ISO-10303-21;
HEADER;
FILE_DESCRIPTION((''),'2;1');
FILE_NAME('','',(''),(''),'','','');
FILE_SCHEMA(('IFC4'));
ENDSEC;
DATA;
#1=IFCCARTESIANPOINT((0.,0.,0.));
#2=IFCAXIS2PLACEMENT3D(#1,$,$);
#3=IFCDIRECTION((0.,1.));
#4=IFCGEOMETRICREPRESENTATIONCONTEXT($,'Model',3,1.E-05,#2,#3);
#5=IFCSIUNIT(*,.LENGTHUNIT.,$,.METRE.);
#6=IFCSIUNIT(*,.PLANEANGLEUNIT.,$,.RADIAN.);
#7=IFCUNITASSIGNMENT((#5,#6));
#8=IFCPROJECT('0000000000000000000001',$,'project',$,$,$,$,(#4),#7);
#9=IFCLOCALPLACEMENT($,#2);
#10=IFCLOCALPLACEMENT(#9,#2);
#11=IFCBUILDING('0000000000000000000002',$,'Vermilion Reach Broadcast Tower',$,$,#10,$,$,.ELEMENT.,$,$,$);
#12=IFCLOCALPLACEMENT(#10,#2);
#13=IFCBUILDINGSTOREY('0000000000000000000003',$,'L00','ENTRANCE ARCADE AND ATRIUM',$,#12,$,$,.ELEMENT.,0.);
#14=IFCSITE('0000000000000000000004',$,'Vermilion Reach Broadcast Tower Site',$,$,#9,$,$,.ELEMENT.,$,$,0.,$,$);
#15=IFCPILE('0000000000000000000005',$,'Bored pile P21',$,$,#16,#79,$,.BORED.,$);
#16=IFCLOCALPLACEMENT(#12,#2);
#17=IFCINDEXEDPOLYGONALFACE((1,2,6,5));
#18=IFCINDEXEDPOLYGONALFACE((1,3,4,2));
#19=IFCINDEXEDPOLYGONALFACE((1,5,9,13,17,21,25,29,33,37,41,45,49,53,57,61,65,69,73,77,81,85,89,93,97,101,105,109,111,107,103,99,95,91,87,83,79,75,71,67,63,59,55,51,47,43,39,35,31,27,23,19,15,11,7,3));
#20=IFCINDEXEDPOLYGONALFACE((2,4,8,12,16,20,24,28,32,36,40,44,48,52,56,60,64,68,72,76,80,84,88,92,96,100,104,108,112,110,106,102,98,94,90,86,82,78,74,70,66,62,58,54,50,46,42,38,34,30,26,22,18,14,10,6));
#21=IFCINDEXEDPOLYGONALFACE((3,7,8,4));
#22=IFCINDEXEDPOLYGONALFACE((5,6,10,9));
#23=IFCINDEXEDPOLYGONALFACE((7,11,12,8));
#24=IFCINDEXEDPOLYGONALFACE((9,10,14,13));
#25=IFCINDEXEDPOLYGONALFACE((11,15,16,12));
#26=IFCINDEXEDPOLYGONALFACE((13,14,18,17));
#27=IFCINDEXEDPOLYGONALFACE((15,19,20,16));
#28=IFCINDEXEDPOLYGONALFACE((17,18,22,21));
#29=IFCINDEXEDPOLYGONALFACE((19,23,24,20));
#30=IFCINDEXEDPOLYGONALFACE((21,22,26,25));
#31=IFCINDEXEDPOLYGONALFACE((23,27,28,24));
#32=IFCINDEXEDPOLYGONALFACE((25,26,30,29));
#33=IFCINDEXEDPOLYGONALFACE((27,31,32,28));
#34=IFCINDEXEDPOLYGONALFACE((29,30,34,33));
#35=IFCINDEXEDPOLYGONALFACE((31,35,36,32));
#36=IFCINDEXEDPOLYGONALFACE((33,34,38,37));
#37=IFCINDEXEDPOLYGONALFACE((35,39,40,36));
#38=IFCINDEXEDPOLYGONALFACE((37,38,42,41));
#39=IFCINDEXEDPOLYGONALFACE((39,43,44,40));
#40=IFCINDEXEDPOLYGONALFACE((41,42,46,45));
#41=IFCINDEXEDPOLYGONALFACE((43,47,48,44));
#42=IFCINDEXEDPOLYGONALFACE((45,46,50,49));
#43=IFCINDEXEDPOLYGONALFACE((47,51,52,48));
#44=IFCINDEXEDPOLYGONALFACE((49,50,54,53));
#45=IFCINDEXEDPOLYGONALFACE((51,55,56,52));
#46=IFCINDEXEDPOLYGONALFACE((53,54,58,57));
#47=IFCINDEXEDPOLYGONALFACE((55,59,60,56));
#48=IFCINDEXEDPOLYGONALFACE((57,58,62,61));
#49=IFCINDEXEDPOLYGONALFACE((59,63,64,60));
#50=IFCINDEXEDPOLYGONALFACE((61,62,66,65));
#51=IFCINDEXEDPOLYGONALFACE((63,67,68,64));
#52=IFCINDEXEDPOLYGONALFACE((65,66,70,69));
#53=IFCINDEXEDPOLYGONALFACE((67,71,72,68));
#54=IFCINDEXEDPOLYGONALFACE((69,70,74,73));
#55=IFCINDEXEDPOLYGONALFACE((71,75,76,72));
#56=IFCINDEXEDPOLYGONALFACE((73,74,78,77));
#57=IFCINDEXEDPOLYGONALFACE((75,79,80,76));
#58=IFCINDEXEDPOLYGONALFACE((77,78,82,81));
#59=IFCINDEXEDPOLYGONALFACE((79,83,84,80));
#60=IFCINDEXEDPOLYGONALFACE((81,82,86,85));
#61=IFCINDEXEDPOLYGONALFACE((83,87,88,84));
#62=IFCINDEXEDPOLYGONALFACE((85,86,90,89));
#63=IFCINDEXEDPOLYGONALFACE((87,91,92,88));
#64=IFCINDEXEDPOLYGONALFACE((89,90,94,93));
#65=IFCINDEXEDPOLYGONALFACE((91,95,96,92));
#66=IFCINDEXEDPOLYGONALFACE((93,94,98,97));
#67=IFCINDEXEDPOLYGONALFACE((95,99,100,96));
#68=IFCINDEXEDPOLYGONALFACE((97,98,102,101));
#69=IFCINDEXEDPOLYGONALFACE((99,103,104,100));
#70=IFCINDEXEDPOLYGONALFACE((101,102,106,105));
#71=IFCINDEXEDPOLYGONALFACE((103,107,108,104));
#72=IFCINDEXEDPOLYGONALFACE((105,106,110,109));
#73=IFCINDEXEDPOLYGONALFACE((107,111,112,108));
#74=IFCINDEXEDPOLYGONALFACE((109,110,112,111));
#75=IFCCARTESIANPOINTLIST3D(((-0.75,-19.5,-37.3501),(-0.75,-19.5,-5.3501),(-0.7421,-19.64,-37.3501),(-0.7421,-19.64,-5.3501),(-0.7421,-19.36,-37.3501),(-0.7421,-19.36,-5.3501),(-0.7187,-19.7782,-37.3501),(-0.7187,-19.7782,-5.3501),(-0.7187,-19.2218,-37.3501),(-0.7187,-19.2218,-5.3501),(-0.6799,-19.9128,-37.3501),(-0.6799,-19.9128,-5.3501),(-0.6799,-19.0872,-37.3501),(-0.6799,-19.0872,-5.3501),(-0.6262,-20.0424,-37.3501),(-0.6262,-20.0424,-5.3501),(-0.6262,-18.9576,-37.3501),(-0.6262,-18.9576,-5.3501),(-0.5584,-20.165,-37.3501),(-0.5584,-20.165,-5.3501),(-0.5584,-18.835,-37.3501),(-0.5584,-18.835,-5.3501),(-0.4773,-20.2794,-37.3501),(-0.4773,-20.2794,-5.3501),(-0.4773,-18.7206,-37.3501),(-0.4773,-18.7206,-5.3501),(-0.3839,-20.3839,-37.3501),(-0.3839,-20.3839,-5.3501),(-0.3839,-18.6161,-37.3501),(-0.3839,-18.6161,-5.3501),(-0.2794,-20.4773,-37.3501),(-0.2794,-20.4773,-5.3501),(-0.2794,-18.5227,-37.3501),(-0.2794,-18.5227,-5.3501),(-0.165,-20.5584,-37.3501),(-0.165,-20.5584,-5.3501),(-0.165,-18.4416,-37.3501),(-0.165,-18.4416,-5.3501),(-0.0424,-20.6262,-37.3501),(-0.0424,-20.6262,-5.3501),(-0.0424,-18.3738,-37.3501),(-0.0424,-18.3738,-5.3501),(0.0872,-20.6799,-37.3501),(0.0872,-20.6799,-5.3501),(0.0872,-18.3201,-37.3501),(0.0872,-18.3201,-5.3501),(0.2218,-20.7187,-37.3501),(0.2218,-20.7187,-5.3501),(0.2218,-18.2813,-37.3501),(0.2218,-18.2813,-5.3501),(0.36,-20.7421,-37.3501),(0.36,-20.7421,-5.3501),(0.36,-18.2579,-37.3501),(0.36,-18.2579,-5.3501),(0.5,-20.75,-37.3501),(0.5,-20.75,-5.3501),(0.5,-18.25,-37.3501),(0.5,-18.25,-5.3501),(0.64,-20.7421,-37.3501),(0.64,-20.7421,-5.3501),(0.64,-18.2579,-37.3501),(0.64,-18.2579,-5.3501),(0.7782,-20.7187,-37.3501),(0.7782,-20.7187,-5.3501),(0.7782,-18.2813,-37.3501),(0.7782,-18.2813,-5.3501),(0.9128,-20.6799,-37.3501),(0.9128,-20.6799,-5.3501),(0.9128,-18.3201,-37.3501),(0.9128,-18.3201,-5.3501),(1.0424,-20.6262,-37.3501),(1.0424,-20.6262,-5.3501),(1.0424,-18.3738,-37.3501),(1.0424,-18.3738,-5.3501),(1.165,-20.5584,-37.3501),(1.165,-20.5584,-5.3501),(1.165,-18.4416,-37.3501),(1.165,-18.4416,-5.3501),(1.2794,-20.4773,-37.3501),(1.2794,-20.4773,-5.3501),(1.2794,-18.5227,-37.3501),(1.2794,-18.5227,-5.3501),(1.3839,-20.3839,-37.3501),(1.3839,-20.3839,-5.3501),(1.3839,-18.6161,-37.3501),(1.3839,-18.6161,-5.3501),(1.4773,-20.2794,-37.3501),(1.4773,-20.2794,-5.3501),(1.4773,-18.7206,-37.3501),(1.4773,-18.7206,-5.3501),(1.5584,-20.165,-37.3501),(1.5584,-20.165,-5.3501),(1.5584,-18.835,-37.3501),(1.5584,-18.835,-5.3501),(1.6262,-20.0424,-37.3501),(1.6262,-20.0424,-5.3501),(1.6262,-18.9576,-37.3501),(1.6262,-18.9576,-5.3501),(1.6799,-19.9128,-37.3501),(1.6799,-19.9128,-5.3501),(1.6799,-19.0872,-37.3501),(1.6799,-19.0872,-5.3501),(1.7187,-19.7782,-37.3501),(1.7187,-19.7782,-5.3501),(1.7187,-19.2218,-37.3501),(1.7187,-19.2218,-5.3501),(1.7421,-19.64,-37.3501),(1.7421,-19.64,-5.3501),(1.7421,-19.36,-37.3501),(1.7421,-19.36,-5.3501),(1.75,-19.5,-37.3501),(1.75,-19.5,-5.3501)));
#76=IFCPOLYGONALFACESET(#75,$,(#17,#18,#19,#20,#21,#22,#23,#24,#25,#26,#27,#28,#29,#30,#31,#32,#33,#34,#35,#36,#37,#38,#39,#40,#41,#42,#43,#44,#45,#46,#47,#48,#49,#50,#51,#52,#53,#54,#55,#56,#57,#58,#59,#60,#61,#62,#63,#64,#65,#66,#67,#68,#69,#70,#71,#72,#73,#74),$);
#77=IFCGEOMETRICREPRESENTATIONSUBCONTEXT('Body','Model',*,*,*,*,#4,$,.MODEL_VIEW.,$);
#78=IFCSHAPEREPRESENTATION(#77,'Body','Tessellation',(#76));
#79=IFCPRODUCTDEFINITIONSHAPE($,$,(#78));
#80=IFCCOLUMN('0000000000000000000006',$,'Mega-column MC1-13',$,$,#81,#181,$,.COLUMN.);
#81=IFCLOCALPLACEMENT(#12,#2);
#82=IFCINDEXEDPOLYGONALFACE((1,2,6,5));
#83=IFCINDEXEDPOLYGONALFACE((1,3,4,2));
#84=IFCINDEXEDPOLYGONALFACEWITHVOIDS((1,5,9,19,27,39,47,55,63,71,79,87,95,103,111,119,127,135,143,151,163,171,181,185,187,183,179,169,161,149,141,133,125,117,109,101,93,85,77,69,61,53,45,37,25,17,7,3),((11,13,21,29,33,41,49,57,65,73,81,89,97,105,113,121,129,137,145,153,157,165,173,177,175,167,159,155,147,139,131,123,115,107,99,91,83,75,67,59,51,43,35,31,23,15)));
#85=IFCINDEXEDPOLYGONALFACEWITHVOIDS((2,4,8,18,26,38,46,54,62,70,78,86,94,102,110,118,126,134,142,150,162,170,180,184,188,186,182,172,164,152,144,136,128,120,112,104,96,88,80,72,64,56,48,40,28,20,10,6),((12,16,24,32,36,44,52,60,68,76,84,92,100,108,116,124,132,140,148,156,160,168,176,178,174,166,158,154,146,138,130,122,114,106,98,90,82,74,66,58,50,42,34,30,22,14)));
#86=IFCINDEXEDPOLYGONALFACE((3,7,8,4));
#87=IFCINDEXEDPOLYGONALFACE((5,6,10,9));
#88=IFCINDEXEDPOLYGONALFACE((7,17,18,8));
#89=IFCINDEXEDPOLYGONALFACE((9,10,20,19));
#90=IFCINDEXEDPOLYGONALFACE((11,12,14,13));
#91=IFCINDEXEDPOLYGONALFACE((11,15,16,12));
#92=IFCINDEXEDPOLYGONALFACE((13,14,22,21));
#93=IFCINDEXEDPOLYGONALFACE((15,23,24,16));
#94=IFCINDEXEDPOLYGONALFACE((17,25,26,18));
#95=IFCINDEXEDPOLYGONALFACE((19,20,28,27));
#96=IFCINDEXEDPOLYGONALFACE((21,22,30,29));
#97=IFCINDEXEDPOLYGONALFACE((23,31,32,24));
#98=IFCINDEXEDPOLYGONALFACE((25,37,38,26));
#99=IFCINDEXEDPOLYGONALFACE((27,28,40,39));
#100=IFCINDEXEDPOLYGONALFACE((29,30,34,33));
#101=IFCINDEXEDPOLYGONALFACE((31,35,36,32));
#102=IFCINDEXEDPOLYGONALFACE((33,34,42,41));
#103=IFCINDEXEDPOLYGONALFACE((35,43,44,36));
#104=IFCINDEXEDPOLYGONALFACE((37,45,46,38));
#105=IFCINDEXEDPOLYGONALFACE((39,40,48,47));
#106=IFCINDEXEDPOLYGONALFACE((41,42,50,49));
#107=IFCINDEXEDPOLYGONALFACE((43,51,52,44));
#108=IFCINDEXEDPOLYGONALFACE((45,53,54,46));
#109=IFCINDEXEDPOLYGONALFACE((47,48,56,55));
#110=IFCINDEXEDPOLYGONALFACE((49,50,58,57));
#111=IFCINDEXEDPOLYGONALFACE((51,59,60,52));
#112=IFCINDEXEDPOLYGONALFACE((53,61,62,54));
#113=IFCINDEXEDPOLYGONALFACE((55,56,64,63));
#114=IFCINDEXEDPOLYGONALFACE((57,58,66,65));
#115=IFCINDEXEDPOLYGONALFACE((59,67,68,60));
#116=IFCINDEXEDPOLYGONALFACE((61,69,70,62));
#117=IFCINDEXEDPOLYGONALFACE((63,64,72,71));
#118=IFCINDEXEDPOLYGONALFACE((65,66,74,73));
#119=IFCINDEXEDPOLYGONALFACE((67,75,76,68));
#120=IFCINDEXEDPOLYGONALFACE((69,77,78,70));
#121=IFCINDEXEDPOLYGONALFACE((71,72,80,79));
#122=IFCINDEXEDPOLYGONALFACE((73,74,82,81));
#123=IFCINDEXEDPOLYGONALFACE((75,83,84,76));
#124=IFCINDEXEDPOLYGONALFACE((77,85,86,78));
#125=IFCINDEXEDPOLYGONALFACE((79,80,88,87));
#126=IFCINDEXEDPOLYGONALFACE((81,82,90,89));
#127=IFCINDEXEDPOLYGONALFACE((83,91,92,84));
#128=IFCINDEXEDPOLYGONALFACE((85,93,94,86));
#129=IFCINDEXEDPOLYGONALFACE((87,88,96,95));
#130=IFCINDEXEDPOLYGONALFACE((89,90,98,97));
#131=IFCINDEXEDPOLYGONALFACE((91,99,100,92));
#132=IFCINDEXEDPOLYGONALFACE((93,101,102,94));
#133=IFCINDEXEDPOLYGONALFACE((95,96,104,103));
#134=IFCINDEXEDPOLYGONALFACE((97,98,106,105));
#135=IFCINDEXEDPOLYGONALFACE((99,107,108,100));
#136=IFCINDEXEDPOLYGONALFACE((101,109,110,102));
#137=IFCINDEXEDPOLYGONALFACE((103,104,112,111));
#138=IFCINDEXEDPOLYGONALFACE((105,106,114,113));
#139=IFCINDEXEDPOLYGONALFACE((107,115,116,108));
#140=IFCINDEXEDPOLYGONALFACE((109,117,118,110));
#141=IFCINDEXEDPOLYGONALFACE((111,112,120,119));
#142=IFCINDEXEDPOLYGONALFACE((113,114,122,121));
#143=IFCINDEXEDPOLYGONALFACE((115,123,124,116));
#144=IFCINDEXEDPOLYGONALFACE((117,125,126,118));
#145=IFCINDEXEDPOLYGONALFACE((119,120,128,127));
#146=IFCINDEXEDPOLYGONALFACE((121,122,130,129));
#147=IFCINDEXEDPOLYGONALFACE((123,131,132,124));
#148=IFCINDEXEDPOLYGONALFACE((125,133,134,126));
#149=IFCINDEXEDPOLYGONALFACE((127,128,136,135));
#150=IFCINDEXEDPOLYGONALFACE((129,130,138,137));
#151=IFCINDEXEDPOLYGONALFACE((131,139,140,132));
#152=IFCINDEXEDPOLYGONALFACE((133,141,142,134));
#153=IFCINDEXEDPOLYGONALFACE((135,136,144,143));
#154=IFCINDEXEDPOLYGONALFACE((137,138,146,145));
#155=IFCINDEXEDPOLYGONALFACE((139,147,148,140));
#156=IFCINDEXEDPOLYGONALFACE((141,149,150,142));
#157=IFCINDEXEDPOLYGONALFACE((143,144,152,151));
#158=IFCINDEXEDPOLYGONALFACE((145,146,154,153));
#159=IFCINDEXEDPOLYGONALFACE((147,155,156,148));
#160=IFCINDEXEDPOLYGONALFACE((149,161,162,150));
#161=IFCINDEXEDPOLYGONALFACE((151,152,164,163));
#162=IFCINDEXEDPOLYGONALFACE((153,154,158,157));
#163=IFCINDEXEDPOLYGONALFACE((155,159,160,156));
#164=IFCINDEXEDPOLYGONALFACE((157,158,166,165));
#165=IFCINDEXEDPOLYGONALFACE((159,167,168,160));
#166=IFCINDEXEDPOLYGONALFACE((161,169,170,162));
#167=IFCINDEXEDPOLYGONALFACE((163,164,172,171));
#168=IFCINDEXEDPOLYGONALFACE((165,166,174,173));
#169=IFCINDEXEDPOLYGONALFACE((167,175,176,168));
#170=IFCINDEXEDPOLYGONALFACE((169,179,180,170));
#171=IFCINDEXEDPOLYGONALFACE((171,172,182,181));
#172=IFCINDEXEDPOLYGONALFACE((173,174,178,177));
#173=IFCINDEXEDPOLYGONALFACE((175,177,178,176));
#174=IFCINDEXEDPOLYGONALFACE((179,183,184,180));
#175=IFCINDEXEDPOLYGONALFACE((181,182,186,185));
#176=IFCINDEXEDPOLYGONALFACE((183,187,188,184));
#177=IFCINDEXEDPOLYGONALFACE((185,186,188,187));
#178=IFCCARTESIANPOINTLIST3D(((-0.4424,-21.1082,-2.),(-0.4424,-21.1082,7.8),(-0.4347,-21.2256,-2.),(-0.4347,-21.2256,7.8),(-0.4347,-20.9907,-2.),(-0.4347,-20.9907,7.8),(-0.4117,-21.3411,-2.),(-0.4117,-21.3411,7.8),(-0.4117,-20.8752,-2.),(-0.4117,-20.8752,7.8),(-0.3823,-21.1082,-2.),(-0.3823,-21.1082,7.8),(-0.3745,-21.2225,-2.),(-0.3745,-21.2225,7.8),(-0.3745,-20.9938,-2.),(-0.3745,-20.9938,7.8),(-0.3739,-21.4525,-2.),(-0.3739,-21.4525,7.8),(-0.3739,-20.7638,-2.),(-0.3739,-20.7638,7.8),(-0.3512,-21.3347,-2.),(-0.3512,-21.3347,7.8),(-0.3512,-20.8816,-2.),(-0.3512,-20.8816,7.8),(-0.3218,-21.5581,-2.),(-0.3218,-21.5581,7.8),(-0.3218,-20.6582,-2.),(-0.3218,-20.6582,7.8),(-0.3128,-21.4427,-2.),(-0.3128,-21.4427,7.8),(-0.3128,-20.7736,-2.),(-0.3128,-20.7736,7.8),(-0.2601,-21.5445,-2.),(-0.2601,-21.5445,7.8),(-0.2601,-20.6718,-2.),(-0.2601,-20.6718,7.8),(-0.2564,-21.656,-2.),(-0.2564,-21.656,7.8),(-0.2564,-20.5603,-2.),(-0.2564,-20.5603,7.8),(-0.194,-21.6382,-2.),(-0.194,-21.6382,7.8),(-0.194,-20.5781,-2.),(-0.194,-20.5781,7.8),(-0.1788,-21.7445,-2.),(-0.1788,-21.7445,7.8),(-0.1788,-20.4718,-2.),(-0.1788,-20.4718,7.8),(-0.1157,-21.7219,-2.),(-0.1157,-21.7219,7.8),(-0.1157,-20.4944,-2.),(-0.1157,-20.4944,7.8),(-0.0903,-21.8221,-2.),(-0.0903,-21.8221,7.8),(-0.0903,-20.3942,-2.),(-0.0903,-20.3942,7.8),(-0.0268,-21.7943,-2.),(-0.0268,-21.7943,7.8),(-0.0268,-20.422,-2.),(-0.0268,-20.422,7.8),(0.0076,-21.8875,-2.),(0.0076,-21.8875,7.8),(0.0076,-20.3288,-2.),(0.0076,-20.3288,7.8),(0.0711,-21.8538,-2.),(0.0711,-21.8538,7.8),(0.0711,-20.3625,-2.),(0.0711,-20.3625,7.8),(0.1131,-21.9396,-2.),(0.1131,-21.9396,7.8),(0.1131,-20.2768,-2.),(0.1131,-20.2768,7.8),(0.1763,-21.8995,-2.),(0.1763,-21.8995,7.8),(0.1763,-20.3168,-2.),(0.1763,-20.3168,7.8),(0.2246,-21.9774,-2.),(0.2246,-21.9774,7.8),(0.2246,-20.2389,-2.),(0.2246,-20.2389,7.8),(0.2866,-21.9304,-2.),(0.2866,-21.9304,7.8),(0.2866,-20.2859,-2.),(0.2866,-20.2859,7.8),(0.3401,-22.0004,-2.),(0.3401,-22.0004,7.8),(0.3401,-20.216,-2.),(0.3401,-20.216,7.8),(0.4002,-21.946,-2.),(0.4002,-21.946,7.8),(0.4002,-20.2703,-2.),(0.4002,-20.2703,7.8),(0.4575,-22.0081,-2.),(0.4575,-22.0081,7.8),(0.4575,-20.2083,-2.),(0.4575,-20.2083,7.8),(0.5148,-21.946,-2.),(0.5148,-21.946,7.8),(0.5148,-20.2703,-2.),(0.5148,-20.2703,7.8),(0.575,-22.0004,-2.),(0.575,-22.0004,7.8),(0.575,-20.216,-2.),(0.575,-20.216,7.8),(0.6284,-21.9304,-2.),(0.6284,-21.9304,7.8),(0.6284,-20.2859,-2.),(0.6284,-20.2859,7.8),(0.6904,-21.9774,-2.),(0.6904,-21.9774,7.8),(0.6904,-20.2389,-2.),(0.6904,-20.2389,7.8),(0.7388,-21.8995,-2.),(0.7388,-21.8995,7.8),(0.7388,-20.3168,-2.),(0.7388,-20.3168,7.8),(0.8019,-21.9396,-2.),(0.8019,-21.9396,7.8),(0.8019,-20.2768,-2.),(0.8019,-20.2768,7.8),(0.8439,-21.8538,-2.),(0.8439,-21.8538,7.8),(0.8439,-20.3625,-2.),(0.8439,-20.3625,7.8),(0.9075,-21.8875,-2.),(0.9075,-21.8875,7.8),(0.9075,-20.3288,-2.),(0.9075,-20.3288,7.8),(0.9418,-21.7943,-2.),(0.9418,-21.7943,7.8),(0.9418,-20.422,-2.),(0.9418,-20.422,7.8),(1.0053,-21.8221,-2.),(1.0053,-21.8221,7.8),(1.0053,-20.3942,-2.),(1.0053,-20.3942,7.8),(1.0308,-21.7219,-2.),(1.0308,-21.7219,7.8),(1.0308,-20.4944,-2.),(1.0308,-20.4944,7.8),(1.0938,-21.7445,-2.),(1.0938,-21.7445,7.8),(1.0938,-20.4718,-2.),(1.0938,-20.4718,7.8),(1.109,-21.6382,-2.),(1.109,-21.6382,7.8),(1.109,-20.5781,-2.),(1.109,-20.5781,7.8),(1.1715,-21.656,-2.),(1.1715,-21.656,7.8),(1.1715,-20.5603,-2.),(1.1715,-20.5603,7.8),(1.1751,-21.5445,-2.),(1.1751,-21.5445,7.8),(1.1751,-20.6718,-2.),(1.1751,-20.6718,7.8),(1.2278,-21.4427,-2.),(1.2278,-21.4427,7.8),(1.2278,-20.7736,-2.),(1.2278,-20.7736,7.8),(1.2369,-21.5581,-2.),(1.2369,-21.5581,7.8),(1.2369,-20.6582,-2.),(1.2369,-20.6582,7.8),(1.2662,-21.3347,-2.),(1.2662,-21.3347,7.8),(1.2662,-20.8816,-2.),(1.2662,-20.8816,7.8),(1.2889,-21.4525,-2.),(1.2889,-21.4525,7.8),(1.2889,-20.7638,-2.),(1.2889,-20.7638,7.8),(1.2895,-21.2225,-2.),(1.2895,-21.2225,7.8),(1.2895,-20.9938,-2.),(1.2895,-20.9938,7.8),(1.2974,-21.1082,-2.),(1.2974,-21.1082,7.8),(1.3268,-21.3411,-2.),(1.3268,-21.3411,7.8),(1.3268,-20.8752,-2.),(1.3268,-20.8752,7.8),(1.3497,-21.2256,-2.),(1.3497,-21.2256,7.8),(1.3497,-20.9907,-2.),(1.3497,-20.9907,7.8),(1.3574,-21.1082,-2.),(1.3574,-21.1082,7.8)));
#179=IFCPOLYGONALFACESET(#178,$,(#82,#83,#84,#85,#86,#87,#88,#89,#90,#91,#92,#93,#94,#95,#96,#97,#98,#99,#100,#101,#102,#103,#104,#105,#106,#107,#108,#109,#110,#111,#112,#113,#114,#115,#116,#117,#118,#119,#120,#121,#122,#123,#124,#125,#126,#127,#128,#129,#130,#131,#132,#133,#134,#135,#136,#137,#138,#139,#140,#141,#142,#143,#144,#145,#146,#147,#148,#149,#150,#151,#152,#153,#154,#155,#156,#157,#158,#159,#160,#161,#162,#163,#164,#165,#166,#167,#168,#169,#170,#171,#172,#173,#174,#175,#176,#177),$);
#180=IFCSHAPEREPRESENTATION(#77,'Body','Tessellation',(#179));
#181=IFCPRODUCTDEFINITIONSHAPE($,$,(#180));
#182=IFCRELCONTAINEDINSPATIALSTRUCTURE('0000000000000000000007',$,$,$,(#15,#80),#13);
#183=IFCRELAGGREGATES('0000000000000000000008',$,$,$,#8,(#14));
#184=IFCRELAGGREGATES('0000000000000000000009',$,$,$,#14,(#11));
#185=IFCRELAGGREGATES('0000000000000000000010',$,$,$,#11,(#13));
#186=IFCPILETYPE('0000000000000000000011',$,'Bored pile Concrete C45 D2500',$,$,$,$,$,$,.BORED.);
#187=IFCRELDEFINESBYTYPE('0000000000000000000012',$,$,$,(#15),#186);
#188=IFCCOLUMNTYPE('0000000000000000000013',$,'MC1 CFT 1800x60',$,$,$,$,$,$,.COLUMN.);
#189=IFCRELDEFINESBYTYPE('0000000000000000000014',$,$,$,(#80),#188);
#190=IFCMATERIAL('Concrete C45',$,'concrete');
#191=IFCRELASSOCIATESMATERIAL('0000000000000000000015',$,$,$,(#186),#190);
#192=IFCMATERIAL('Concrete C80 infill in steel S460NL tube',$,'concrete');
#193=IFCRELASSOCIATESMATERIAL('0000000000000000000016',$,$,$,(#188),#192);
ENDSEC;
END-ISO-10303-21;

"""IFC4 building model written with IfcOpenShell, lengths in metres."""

from ifc_helpers import new_model, si_unit, direction, frame, origin, origin_2d, place, context, subcontext, project, spatial, circle, hollow_circle, extrude, material, material_profile, profile_set, type_object, element, save


model = new_model("IFC4")

# Units and contexts
model_context = context("Model", 3, precision=1e-05, world=origin(), true_north=direction((0.0, 1.0)))
body_context = subcontext(model_context, "Body", "Model", "MODEL_VIEW")
ifc_project = project(units=[si_unit("LENGTHUNIT", "METRE"), si_unit("PLANEANGLEUNIT", "RADIAN")], contexts=[model_context])

# Site, building, storey
site_placement = place(None, origin())
site = spatial("IfcSite", under=ifc_project, at=site_placement, Name="Vermilion Reach Broadcast Tower Site", CompositionType="ELEMENT", RefElevation=0.0)
building_placement = place(site_placement, origin())
building = spatial("IfcBuilding", under=site, at=building_placement, Name="Vermilion Reach Broadcast Tower", CompositionType="ELEMENT")
storey_placement = place(building_placement, origin())
storey = spatial("IfcBuildingStorey", under=building, at=storey_placement, Name="L00", Description="ENTRANCE ARCADE AND ATRIUM", CompositionType="ELEMENT", Elevation=0.0)

# Pile
ifc_material_1 = material(Name="Concrete C45", Category="concrete")
ifc_material_profile_1 = material_profile(ifc_material_1, circle(Radius=1.25, at=origin_2d()), Name="Concrete C45 D2500")
ifc_profile_set_1 = profile_set([ifc_material_profile_1], Name="Concrete C45")
pile_type = type_object("IfcPileType", Name="Bored pile Concrete C45 D2500", PredefinedType="BORED", material=ifc_profile_set_1)
pile_placement = place(storey_placement, frame((0.5, -19.5, -5.3501), z_axis=(0.0, 0.0, -1.0), x_axis=(1.0, 0.0, 0.0)))
element("IfcPile", 1, at=pile_placement, inside=storey, type_object=pile_type, Name="Bored pile P21", PredefinedType="BORED", context=body_context, shape_type="SweptSolid", body=[
    extrude(circle(Radius=1.25, at=origin_2d()), origin(), (0.0, 0.0, 1.0), 32.0),
])

# Column
ifc_material_2 = material(Name="Concrete C80 infill in steel S460NL tube", Category="concrete")
ifc_material_profile_2 = material_profile(ifc_material_2, hollow_circle(Radius=0.8999, WallThickness=0.0601, at=origin_2d()), Name="Concrete C80 infill in steel S460NL tube CFT 1800x60")
ifc_profile_set_2 = profile_set([ifc_material_profile_2], Name="Concrete C80 infill in steel S460NL tube")
column_type = type_object("IfcColumnType", Name="MC1 CFT 1800x60", PredefinedType="COLUMN", material=ifc_profile_set_2)
column_placement = place(storey_placement, frame((0.4575, -21.1082, -2.0), z_axis=(0.0, 0.0, 1.0), x_axis=(1.0, 0.0, 0.0)))
element("IfcColumn", 2, at=column_placement, inside=storey, type_object=column_type, Name="Mega-column MC1-13", PredefinedType="COLUMN", context=body_context, shape_type="SweptSolid", body=[
    extrude(hollow_circle(Radius=0.8999, WallThickness=0.0601, at=origin_2d()), origin(), (0.0, 0.0, 1.0), 9.8),
])

save(model, "model.ifc")
